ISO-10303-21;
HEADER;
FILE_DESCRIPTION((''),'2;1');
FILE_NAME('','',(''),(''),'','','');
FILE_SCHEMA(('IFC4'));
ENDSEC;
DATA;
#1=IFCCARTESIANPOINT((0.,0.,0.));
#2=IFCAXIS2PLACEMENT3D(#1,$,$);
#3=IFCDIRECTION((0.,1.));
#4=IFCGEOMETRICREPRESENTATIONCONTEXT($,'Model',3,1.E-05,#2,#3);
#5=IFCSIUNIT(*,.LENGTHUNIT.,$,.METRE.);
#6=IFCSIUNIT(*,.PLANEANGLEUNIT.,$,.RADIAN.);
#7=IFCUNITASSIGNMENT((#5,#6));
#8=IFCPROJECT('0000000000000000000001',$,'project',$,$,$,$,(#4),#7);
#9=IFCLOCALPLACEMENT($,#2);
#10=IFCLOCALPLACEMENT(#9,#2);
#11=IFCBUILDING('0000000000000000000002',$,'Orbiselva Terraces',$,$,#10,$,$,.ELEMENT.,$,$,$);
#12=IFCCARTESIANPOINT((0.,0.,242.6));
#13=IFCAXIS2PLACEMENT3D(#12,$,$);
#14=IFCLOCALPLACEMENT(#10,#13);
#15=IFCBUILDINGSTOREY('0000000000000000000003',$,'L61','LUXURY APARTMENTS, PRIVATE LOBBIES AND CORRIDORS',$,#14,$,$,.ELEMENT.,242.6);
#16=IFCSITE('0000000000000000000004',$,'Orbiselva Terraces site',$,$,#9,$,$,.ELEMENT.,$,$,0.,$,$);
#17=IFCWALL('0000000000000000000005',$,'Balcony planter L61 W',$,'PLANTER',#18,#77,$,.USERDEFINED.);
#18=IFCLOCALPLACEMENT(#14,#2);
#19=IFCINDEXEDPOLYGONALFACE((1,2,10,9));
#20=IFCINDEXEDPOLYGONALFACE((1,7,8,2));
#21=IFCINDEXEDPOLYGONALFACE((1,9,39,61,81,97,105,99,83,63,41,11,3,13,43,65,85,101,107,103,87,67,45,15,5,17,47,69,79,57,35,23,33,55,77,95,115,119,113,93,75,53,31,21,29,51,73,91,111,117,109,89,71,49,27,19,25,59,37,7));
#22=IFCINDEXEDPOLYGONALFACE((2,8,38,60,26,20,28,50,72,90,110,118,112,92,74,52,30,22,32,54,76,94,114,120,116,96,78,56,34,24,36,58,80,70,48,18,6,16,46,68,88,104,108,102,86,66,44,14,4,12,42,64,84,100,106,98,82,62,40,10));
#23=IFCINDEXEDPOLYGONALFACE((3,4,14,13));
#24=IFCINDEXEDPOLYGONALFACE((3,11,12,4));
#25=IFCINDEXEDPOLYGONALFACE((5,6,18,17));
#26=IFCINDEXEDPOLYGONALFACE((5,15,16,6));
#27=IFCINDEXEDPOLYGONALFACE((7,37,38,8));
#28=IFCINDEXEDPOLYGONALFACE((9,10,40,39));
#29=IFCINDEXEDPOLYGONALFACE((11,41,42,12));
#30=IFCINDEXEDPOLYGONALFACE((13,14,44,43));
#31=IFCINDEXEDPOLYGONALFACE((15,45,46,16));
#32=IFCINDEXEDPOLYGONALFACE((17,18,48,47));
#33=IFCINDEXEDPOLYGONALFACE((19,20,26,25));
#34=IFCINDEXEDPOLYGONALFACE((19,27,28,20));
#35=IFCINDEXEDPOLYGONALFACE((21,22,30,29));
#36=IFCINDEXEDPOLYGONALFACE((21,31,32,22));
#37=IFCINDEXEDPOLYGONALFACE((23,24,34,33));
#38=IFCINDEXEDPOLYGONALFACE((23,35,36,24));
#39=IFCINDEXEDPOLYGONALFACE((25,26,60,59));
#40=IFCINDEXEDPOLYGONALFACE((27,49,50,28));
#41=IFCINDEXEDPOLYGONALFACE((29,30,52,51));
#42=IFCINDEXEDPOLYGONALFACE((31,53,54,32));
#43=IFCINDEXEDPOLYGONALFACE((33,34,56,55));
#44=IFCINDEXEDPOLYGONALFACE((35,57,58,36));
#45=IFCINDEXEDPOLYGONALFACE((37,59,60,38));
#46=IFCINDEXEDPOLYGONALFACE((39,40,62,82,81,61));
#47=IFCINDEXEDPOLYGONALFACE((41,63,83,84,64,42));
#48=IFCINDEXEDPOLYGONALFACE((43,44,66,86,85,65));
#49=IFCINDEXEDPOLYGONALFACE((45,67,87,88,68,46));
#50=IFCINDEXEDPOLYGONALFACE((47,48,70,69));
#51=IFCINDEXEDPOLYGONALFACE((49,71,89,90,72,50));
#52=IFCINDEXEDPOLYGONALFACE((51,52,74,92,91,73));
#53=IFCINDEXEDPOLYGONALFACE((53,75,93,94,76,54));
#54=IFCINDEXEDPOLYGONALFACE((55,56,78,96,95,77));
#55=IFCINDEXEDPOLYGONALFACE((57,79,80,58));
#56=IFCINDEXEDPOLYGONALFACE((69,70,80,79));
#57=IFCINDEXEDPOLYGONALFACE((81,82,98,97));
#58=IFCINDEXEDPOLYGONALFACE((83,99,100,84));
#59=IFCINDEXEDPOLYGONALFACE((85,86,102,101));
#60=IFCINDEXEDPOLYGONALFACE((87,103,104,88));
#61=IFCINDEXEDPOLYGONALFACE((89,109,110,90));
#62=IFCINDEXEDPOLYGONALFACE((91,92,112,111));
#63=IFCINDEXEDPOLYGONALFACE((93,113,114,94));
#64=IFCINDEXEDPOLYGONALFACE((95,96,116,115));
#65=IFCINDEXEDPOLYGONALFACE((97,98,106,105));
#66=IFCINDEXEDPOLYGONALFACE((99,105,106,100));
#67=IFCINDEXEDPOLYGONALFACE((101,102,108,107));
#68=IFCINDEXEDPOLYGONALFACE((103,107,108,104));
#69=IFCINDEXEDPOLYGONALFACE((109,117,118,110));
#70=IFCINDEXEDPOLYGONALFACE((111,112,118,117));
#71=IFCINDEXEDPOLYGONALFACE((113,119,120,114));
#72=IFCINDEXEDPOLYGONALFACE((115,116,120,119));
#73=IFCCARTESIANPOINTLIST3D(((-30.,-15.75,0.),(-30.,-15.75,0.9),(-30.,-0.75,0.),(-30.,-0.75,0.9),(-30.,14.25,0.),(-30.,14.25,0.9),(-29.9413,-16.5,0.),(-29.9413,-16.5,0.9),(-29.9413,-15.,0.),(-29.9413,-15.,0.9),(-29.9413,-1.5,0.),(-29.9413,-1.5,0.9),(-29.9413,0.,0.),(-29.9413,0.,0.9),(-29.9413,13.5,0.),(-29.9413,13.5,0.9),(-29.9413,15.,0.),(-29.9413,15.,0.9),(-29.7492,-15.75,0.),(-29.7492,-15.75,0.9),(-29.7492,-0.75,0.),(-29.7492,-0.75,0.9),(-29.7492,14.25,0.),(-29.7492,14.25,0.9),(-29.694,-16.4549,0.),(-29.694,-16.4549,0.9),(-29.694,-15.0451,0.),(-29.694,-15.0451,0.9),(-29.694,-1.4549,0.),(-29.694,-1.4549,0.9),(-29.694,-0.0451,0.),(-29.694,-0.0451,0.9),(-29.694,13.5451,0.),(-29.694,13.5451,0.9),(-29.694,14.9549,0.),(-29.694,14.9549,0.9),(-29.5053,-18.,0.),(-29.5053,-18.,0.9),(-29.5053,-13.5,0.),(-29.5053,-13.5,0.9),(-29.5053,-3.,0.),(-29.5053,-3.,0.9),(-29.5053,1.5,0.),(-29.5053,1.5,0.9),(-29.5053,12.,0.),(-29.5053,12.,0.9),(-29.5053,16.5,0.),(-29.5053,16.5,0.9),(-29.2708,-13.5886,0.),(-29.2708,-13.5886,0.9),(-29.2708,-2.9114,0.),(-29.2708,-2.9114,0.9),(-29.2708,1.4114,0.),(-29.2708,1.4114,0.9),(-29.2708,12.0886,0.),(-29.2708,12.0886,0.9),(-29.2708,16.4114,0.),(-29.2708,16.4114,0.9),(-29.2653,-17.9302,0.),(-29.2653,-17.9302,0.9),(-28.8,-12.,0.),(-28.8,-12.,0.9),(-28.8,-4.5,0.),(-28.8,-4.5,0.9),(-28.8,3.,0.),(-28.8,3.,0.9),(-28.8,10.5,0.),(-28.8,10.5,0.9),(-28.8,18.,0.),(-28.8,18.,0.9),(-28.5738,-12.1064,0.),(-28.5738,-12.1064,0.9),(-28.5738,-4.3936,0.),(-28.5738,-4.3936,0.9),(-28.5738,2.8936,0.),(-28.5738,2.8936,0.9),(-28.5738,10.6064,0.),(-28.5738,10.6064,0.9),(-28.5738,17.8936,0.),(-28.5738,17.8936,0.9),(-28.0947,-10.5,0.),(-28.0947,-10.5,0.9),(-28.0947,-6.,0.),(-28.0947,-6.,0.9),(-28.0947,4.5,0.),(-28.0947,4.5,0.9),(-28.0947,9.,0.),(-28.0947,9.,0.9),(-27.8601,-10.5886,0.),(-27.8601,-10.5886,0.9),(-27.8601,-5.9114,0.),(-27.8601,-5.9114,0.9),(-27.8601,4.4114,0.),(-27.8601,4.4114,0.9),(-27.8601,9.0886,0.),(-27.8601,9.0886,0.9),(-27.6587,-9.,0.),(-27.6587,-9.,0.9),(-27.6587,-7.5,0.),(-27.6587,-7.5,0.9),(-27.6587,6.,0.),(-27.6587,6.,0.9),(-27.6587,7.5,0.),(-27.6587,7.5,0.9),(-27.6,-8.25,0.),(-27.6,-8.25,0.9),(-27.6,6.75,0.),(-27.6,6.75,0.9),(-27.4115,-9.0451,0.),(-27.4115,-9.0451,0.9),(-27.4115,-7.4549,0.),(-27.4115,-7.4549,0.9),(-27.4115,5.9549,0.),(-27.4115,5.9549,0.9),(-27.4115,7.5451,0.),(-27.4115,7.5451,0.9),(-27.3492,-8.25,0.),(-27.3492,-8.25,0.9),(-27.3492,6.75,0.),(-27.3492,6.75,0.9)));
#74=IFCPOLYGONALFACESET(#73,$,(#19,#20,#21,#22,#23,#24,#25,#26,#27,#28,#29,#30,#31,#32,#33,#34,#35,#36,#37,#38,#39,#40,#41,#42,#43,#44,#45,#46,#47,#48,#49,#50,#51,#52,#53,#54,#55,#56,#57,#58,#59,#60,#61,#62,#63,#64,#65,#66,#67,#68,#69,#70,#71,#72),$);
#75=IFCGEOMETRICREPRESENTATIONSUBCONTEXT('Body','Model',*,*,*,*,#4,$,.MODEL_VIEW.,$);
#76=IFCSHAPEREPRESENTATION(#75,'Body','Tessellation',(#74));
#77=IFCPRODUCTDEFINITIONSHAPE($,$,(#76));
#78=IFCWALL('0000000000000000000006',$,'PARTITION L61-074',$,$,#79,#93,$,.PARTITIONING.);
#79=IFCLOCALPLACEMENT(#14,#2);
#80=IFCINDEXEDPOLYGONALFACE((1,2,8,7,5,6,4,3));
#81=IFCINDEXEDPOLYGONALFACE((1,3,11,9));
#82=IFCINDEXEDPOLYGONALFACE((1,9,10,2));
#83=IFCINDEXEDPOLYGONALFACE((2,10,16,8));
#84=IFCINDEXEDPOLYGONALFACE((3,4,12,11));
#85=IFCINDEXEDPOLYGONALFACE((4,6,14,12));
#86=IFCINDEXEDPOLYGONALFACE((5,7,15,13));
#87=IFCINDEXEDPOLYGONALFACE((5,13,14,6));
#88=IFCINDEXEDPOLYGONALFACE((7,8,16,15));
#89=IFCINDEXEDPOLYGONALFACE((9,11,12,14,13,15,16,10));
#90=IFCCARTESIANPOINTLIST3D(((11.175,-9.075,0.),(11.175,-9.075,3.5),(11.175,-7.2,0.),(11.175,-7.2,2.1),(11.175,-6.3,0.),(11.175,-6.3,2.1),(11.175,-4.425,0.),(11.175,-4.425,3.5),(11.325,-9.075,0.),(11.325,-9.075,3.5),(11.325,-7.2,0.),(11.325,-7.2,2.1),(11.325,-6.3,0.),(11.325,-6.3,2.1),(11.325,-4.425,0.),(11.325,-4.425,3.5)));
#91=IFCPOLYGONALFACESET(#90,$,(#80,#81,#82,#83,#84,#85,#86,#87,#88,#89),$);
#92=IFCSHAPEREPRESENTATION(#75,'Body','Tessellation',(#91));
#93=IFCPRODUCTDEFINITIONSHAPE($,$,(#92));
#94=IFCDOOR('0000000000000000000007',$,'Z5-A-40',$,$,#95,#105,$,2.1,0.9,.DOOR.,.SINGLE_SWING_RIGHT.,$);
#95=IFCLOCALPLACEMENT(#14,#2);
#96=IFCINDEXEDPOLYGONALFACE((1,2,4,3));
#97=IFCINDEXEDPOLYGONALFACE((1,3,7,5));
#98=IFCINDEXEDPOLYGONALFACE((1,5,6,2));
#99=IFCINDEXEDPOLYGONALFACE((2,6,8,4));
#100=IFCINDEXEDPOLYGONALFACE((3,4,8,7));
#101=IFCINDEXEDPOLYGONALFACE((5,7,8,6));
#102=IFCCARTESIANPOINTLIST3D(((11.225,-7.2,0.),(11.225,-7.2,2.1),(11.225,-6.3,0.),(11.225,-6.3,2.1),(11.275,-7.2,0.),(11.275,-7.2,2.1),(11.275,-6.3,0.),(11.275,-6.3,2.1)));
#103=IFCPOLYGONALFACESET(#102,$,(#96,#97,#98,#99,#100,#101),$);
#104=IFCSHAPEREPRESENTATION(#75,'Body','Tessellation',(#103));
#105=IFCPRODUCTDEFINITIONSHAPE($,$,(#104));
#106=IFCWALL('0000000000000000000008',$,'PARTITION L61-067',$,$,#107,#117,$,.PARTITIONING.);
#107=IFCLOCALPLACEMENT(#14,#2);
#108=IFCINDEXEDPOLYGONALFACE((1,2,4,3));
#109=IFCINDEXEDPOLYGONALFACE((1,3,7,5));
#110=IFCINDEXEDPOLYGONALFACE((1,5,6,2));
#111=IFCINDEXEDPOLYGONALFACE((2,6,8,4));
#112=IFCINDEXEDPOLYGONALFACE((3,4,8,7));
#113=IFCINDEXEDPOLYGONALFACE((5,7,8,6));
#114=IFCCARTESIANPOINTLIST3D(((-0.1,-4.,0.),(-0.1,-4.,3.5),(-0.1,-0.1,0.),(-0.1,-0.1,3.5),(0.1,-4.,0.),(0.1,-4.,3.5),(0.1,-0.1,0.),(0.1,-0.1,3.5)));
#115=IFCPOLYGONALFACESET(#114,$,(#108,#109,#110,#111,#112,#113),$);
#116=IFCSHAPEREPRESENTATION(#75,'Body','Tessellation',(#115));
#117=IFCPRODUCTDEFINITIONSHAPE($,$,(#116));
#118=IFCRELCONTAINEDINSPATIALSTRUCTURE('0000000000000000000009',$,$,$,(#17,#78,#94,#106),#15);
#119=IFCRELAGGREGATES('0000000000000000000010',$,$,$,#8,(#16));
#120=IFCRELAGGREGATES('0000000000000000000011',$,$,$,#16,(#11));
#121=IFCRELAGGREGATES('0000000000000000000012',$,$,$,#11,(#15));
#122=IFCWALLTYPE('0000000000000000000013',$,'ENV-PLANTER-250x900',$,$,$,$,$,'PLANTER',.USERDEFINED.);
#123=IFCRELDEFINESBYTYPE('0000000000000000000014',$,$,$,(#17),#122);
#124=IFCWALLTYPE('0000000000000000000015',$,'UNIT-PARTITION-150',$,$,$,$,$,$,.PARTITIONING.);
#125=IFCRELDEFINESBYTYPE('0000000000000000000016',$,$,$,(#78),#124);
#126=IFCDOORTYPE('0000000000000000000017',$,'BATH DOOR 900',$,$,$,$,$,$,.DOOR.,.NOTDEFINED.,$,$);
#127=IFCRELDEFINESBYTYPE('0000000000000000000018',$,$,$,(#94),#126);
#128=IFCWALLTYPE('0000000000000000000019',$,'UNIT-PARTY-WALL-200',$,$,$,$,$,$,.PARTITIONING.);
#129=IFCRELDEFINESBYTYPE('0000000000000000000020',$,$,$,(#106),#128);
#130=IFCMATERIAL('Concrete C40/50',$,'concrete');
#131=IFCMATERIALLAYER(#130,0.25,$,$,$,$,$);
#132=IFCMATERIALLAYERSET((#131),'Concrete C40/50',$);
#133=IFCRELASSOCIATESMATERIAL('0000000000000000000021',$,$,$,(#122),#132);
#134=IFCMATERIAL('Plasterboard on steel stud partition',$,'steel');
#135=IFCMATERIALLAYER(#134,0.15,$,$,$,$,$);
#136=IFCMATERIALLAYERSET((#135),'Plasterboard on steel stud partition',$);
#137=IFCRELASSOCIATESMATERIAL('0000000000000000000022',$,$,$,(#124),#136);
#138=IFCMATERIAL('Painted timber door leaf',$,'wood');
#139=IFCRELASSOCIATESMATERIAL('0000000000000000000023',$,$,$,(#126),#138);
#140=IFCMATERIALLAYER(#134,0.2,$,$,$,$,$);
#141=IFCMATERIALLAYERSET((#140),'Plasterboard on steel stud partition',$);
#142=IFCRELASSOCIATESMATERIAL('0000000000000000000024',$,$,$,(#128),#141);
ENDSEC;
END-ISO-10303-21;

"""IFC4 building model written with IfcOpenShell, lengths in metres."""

from ifc_helpers import new_model, si_unit, direction, frame, frame_2d, origin, place, context, subcontext, project, spatial, polyline, rectangle, outline, extrude, material, layer, layer_set, type_object, element, fill, save


model = new_model("IFC4")

# Units and contexts
model_context = context("Model", 3, precision=1e-05, world=origin(), true_north=direction((0.0, 1.0)))
body_context = subcontext(model_context, "Body", "Model", "MODEL_VIEW")
ifc_project = project(units=[si_unit("LENGTHUNIT", "METRE"), si_unit("PLANEANGLEUNIT", "RADIAN")], contexts=[model_context])

# Site, building, storey
site_placement = place(None, origin())
site = spatial("IfcSite", under=ifc_project, at=site_placement, Name="Orbiselva Terraces site", CompositionType="ELEMENT", RefElevation=0.0)
building_placement = place(site_placement, origin())
building = spatial("IfcBuilding", under=site, at=building_placement, Name="Orbiselva Terraces", CompositionType="ELEMENT")
storey_placement = place(building_placement, frame((0.0, 0.0, 242.6)))
storey = spatial("IfcBuildingStorey", under=building, at=storey_placement, Name="L61", Description="LUXURY APARTMENTS, PRIVATE LOBBIES AND CORRIDORS", CompositionType="ELEMENT", Elevation=242.6)

# Shared definitions
ifc_material_1 = material(Name="Concrete C40/50", Category="concrete")

# Wall
ifc_layer_1 = layer(ifc_material_1, 0.25)
ifc_layer_set_1 = layer_set([ifc_layer_1], Name="Concrete C40/50")
wall_type_1 = type_object("IfcWallType", Name="ENV-PLANTER-250x900", ElementType="PLANTER", PredefinedType="USERDEFINED", material=ifc_layer_set_1)
wall_1_placement = place(storey_placement, origin())
element("IfcWall", 1, at=wall_1_placement, inside=storey, type_object=wall_type_1, Name="Balcony planter L61 W", ObjectType="PLANTER", PredefinedType="USERDEFINED", context=body_context, shape_type="SweptSolid", body=[
    extrude(outline(polyline([(-28.8, 18.0), (-29.5053, 16.5), (-29.9413, 15.0), (-30.0, 14.25), (-29.9413, 13.5), (-29.5053, 12.0), (-28.8, 10.5), (-28.0947, 9.0), (-27.6587, 7.5), (-27.6, 6.75), (-27.6587, 6.0), (-28.0947, 4.5), (-28.8, 3.0), (-29.5053, 1.5), (-29.9413, 0.0), (-30.0, -0.75), (-29.9413, -1.5), (-29.5053, -3.0), (-28.8, -4.5), (-28.0947, -6.0), (-27.6587, -7.5), (-27.6, -8.25), (-27.6587, -9.0), (-28.0947, -10.5), (-28.8, -12.0), (-29.5053, -13.5), (-29.9413, -15.0), (-30.0, -15.75), (-29.9413, -16.5), (-29.5053, -18.0), (-29.2653, -17.9302), (-29.694, -16.4549), (-29.7492, -15.75), (-29.694, -15.0451), (-29.2708, -13.5886), (-28.5738, -12.1064), (-27.8601, -10.5886), (-27.4115, -9.0451), (-27.3492, -8.25), (-27.4115, -7.4549), (-27.8601, -5.9114), (-28.5738, -4.3936), (-29.2708, -2.9114), (-29.694, -1.4549), (-29.7492, -0.75), (-29.694, -0.0451), (-29.2708, 1.4114), (-28.5738, 2.8936), (-27.8601, 4.4114), (-27.4115, 5.9549), (-27.3492, 6.75), (-27.4115, 7.5451), (-27.8601, 9.0886), (-28.5738, 10.6064), (-29.2708, 12.0886), (-29.694, 13.5451), (-29.7492, 14.25), (-29.694, 14.9549), (-29.2708, 16.4114), (-28.5738, 17.8936), (-28.8, 18.0)])), origin(), (0.0, 0.0, 1.0), 0.9),
])

# Wall, opening, door
ifc_material_2 = material(Name="Plasterboard on steel stud partition", Category="steel")
ifc_layer_2 = layer(ifc_material_2, 0.15)
ifc_layer_set_2 = layer_set([ifc_layer_2], Name="Plasterboard on steel stud partition")
wall_type_2 = type_object("IfcWallType", Name="UNIT-PARTITION-150", PredefinedType="PARTITIONING", material=ifc_layer_set_2)
wall_2_placement = place(storey_placement, frame((11.25, -4.425, 0.0), z_axis=(0.0, 0.0, 1.0), x_axis=(0.0, -1.0, 0.0)))
wall_2 = element("IfcWall", 2, at=wall_2_placement, inside=storey, type_object=wall_type_2, Name="PARTITION L61-074", PredefinedType="PARTITIONING", context=body_context, shape_type="SweptSolid", body=[
    extrude(rectangle(XDim=4.65, YDim=0.15, at=frame_2d((2.325, 0.0))), origin(), (0.0, 0.0, 1.0), 3.5),
])
opening_placement = place(wall_2_placement, frame((1.875, 0.0, 0.0)))
opening = element("IfcOpeningElement", 3, at=opening_placement, cuts=wall_2, PredefinedType="OPENING", context=body_context, shape_type="SweptSolid", body=[
    extrude(rectangle(XDim=0.9, YDim=2.1, at=frame_2d((0.45, 1.05))), frame((0.0, 0.085, 0.0), z_axis=(0.0, -1.0, 0.0), x_axis=(1.0, 0.0, 0.0)), (0.0, 0.0, 1.0), 0.17),
])
ifc_material_3 = material(Name="Painted timber door leaf", Category="wood")
door_type = type_object("IfcDoorType", Name="BATH DOOR 900", OperationType="NOTDEFINED", PredefinedType="DOOR", material=ifc_material_3)
door_placement = place(opening_placement, origin())
door = element("IfcDoor", 4, at=door_placement, inside=storey, type_object=door_type, Name="Z5-A-40", OperationType="SINGLE_SWING_RIGHT", OverallHeight=2.1, OverallWidth=0.9, PredefinedType="DOOR", context=body_context, shape_type="SweptSolid", body=[
    extrude(rectangle(XDim=0.9, YDim=2.1, at=frame_2d((0.45, 1.05))), frame((0.0, 0.025, 0.0), z_axis=(0.0, -1.0, 0.0), x_axis=(1.0, 0.0, 0.0)), (0.0, 0.0, 1.0), 0.05),
])
fill(opening, door)

# Wall
ifc_layer_3 = layer(ifc_material_2, 0.2)
ifc_layer_set_3 = layer_set([ifc_layer_3], Name="Plasterboard on steel stud partition")
wall_type_3 = type_object("IfcWallType", Name="UNIT-PARTY-WALL-200", PredefinedType="PARTITIONING", material=ifc_layer_set_3)
wall_3_placement = place(storey_placement, frame((0.0, -4.0, 0.0), z_axis=(0.0, 0.0, 1.0), x_axis=(0.0, 1.0, 0.0)))
element("IfcWall", 5, at=wall_3_placement, inside=storey, type_object=wall_type_3, Name="PARTITION L61-067", PredefinedType="PARTITIONING", context=body_context, shape_type="SweptSolid", body=[
    extrude(rectangle(XDim=3.9, YDim=0.2, at=frame_2d((1.95, 0.0))), origin(), (0.0, 0.0, 1.0), 3.5),
])

save(model, "model.ifc")
